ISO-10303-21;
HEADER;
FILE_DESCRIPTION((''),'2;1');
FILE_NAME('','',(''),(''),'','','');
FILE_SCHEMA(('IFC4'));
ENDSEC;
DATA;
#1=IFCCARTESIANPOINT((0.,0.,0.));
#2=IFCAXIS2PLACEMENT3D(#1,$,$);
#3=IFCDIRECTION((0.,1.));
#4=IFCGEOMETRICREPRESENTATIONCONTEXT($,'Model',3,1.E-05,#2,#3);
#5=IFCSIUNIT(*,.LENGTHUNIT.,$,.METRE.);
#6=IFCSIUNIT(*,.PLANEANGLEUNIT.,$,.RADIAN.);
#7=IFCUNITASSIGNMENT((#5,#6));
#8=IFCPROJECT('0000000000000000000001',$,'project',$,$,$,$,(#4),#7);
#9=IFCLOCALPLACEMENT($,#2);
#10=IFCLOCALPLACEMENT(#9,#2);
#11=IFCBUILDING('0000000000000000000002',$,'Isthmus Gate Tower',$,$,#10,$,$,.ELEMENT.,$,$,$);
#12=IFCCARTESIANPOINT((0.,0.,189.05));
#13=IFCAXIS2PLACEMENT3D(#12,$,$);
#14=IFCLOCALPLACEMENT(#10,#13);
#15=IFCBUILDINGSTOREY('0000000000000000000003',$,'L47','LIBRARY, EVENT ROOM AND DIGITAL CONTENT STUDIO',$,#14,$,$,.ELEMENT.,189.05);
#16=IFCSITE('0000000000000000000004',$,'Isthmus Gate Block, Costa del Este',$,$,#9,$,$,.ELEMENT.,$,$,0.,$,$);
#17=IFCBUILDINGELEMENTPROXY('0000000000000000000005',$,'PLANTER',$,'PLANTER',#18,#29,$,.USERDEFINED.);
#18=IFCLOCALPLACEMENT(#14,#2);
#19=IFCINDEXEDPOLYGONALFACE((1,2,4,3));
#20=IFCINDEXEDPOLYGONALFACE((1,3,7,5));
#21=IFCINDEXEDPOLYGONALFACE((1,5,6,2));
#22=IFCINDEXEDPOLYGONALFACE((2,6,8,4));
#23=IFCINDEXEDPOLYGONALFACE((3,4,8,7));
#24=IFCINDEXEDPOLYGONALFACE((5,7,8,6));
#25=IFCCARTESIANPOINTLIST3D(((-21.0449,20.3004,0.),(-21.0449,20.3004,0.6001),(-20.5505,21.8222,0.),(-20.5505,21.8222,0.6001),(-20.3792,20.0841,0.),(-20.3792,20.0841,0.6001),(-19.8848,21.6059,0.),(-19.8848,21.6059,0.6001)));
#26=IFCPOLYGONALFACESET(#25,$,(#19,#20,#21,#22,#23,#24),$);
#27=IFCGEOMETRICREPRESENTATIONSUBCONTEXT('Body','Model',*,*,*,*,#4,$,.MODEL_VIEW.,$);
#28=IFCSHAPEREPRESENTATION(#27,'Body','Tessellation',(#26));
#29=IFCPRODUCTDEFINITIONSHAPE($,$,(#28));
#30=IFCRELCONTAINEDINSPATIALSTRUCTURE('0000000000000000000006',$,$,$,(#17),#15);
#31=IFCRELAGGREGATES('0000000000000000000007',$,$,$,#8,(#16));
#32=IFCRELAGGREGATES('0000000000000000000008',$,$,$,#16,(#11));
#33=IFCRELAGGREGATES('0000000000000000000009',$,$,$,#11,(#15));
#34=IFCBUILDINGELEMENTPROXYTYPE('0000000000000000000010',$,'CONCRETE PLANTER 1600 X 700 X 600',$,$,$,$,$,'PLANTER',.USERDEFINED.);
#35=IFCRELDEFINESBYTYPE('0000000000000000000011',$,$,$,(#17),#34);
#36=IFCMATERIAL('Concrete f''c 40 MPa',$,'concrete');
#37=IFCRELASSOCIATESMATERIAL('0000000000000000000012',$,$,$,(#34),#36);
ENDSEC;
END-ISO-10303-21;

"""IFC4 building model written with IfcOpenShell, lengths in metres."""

from ifc_helpers import new_model, si_unit, direction, frame, origin, origin_2d, place, context, subcontext, project, spatial, rectangle, extrude, material, type_object, element, save


model = new_model("IFC4")

# Units and contexts
model_context = context("Model", 3, precision=1e-05, world=origin(), true_north=direction((0.0, 1.0)))
body_context = subcontext(model_context, "Body", "Model", "MODEL_VIEW")
ifc_project = project(units=[si_unit("LENGTHUNIT", "METRE"), si_unit("PLANEANGLEUNIT", "RADIAN")], contexts=[model_context])

# Site, building, storey
site_placement = place(None, origin())
site = spatial("IfcSite", under=ifc_project, at=site_placement, Name="Isthmus Gate Block, Costa del Este", CompositionType="ELEMENT", RefElevation=0.0)
building_placement = place(site_placement, origin())
building = spatial("IfcBuilding", under=site, at=building_placement, Name="Isthmus Gate Tower", CompositionType="ELEMENT")
storey_placement = place(building_placement, frame((0.0, 0.0, 189.05)))
storey = spatial("IfcBuildingStorey", under=building, at=storey_placement, Name="L47", Description="LIBRARY, EVENT ROOM AND DIGITAL CONTENT STUDIO", CompositionType="ELEMENT", Elevation=189.05)

# Building element proxy
ifc_material_1 = material(Name="Concrete f'c 40 MPa", Category="concrete")
building_element_proxy_type = type_object("IfcBuildingElementProxyType", Name="CONCRETE PLANTER 1600 X 700 X 600", ElementType="PLANTER", PredefinedType="USERDEFINED", material=ifc_material_1)
for number, where, z_axis, x_axis, name in (
    (1, (-20.4648, 20.9531, 0.0), (0.0, 0.0, 1.0), (-0.309017, -0.951057, 0.0), "PLANTER"),
):
    element("IfcBuildingElementProxy", number, at=place(storey_placement, frame(where, z_axis=z_axis, x_axis=x_axis)), inside=storey, type_object=building_element_proxy_type, Name=name, ObjectType="PLANTER", PredefinedType="USERDEFINED", context=body_context, shape_type="SweptSolid", body=[
        extrude(rectangle(XDim=1.6001, YDim=0.7, at=origin_2d()), origin(), (0.0, 0.0, 1.0), 0.6001),
    ])

save(model, "model.ifc")
